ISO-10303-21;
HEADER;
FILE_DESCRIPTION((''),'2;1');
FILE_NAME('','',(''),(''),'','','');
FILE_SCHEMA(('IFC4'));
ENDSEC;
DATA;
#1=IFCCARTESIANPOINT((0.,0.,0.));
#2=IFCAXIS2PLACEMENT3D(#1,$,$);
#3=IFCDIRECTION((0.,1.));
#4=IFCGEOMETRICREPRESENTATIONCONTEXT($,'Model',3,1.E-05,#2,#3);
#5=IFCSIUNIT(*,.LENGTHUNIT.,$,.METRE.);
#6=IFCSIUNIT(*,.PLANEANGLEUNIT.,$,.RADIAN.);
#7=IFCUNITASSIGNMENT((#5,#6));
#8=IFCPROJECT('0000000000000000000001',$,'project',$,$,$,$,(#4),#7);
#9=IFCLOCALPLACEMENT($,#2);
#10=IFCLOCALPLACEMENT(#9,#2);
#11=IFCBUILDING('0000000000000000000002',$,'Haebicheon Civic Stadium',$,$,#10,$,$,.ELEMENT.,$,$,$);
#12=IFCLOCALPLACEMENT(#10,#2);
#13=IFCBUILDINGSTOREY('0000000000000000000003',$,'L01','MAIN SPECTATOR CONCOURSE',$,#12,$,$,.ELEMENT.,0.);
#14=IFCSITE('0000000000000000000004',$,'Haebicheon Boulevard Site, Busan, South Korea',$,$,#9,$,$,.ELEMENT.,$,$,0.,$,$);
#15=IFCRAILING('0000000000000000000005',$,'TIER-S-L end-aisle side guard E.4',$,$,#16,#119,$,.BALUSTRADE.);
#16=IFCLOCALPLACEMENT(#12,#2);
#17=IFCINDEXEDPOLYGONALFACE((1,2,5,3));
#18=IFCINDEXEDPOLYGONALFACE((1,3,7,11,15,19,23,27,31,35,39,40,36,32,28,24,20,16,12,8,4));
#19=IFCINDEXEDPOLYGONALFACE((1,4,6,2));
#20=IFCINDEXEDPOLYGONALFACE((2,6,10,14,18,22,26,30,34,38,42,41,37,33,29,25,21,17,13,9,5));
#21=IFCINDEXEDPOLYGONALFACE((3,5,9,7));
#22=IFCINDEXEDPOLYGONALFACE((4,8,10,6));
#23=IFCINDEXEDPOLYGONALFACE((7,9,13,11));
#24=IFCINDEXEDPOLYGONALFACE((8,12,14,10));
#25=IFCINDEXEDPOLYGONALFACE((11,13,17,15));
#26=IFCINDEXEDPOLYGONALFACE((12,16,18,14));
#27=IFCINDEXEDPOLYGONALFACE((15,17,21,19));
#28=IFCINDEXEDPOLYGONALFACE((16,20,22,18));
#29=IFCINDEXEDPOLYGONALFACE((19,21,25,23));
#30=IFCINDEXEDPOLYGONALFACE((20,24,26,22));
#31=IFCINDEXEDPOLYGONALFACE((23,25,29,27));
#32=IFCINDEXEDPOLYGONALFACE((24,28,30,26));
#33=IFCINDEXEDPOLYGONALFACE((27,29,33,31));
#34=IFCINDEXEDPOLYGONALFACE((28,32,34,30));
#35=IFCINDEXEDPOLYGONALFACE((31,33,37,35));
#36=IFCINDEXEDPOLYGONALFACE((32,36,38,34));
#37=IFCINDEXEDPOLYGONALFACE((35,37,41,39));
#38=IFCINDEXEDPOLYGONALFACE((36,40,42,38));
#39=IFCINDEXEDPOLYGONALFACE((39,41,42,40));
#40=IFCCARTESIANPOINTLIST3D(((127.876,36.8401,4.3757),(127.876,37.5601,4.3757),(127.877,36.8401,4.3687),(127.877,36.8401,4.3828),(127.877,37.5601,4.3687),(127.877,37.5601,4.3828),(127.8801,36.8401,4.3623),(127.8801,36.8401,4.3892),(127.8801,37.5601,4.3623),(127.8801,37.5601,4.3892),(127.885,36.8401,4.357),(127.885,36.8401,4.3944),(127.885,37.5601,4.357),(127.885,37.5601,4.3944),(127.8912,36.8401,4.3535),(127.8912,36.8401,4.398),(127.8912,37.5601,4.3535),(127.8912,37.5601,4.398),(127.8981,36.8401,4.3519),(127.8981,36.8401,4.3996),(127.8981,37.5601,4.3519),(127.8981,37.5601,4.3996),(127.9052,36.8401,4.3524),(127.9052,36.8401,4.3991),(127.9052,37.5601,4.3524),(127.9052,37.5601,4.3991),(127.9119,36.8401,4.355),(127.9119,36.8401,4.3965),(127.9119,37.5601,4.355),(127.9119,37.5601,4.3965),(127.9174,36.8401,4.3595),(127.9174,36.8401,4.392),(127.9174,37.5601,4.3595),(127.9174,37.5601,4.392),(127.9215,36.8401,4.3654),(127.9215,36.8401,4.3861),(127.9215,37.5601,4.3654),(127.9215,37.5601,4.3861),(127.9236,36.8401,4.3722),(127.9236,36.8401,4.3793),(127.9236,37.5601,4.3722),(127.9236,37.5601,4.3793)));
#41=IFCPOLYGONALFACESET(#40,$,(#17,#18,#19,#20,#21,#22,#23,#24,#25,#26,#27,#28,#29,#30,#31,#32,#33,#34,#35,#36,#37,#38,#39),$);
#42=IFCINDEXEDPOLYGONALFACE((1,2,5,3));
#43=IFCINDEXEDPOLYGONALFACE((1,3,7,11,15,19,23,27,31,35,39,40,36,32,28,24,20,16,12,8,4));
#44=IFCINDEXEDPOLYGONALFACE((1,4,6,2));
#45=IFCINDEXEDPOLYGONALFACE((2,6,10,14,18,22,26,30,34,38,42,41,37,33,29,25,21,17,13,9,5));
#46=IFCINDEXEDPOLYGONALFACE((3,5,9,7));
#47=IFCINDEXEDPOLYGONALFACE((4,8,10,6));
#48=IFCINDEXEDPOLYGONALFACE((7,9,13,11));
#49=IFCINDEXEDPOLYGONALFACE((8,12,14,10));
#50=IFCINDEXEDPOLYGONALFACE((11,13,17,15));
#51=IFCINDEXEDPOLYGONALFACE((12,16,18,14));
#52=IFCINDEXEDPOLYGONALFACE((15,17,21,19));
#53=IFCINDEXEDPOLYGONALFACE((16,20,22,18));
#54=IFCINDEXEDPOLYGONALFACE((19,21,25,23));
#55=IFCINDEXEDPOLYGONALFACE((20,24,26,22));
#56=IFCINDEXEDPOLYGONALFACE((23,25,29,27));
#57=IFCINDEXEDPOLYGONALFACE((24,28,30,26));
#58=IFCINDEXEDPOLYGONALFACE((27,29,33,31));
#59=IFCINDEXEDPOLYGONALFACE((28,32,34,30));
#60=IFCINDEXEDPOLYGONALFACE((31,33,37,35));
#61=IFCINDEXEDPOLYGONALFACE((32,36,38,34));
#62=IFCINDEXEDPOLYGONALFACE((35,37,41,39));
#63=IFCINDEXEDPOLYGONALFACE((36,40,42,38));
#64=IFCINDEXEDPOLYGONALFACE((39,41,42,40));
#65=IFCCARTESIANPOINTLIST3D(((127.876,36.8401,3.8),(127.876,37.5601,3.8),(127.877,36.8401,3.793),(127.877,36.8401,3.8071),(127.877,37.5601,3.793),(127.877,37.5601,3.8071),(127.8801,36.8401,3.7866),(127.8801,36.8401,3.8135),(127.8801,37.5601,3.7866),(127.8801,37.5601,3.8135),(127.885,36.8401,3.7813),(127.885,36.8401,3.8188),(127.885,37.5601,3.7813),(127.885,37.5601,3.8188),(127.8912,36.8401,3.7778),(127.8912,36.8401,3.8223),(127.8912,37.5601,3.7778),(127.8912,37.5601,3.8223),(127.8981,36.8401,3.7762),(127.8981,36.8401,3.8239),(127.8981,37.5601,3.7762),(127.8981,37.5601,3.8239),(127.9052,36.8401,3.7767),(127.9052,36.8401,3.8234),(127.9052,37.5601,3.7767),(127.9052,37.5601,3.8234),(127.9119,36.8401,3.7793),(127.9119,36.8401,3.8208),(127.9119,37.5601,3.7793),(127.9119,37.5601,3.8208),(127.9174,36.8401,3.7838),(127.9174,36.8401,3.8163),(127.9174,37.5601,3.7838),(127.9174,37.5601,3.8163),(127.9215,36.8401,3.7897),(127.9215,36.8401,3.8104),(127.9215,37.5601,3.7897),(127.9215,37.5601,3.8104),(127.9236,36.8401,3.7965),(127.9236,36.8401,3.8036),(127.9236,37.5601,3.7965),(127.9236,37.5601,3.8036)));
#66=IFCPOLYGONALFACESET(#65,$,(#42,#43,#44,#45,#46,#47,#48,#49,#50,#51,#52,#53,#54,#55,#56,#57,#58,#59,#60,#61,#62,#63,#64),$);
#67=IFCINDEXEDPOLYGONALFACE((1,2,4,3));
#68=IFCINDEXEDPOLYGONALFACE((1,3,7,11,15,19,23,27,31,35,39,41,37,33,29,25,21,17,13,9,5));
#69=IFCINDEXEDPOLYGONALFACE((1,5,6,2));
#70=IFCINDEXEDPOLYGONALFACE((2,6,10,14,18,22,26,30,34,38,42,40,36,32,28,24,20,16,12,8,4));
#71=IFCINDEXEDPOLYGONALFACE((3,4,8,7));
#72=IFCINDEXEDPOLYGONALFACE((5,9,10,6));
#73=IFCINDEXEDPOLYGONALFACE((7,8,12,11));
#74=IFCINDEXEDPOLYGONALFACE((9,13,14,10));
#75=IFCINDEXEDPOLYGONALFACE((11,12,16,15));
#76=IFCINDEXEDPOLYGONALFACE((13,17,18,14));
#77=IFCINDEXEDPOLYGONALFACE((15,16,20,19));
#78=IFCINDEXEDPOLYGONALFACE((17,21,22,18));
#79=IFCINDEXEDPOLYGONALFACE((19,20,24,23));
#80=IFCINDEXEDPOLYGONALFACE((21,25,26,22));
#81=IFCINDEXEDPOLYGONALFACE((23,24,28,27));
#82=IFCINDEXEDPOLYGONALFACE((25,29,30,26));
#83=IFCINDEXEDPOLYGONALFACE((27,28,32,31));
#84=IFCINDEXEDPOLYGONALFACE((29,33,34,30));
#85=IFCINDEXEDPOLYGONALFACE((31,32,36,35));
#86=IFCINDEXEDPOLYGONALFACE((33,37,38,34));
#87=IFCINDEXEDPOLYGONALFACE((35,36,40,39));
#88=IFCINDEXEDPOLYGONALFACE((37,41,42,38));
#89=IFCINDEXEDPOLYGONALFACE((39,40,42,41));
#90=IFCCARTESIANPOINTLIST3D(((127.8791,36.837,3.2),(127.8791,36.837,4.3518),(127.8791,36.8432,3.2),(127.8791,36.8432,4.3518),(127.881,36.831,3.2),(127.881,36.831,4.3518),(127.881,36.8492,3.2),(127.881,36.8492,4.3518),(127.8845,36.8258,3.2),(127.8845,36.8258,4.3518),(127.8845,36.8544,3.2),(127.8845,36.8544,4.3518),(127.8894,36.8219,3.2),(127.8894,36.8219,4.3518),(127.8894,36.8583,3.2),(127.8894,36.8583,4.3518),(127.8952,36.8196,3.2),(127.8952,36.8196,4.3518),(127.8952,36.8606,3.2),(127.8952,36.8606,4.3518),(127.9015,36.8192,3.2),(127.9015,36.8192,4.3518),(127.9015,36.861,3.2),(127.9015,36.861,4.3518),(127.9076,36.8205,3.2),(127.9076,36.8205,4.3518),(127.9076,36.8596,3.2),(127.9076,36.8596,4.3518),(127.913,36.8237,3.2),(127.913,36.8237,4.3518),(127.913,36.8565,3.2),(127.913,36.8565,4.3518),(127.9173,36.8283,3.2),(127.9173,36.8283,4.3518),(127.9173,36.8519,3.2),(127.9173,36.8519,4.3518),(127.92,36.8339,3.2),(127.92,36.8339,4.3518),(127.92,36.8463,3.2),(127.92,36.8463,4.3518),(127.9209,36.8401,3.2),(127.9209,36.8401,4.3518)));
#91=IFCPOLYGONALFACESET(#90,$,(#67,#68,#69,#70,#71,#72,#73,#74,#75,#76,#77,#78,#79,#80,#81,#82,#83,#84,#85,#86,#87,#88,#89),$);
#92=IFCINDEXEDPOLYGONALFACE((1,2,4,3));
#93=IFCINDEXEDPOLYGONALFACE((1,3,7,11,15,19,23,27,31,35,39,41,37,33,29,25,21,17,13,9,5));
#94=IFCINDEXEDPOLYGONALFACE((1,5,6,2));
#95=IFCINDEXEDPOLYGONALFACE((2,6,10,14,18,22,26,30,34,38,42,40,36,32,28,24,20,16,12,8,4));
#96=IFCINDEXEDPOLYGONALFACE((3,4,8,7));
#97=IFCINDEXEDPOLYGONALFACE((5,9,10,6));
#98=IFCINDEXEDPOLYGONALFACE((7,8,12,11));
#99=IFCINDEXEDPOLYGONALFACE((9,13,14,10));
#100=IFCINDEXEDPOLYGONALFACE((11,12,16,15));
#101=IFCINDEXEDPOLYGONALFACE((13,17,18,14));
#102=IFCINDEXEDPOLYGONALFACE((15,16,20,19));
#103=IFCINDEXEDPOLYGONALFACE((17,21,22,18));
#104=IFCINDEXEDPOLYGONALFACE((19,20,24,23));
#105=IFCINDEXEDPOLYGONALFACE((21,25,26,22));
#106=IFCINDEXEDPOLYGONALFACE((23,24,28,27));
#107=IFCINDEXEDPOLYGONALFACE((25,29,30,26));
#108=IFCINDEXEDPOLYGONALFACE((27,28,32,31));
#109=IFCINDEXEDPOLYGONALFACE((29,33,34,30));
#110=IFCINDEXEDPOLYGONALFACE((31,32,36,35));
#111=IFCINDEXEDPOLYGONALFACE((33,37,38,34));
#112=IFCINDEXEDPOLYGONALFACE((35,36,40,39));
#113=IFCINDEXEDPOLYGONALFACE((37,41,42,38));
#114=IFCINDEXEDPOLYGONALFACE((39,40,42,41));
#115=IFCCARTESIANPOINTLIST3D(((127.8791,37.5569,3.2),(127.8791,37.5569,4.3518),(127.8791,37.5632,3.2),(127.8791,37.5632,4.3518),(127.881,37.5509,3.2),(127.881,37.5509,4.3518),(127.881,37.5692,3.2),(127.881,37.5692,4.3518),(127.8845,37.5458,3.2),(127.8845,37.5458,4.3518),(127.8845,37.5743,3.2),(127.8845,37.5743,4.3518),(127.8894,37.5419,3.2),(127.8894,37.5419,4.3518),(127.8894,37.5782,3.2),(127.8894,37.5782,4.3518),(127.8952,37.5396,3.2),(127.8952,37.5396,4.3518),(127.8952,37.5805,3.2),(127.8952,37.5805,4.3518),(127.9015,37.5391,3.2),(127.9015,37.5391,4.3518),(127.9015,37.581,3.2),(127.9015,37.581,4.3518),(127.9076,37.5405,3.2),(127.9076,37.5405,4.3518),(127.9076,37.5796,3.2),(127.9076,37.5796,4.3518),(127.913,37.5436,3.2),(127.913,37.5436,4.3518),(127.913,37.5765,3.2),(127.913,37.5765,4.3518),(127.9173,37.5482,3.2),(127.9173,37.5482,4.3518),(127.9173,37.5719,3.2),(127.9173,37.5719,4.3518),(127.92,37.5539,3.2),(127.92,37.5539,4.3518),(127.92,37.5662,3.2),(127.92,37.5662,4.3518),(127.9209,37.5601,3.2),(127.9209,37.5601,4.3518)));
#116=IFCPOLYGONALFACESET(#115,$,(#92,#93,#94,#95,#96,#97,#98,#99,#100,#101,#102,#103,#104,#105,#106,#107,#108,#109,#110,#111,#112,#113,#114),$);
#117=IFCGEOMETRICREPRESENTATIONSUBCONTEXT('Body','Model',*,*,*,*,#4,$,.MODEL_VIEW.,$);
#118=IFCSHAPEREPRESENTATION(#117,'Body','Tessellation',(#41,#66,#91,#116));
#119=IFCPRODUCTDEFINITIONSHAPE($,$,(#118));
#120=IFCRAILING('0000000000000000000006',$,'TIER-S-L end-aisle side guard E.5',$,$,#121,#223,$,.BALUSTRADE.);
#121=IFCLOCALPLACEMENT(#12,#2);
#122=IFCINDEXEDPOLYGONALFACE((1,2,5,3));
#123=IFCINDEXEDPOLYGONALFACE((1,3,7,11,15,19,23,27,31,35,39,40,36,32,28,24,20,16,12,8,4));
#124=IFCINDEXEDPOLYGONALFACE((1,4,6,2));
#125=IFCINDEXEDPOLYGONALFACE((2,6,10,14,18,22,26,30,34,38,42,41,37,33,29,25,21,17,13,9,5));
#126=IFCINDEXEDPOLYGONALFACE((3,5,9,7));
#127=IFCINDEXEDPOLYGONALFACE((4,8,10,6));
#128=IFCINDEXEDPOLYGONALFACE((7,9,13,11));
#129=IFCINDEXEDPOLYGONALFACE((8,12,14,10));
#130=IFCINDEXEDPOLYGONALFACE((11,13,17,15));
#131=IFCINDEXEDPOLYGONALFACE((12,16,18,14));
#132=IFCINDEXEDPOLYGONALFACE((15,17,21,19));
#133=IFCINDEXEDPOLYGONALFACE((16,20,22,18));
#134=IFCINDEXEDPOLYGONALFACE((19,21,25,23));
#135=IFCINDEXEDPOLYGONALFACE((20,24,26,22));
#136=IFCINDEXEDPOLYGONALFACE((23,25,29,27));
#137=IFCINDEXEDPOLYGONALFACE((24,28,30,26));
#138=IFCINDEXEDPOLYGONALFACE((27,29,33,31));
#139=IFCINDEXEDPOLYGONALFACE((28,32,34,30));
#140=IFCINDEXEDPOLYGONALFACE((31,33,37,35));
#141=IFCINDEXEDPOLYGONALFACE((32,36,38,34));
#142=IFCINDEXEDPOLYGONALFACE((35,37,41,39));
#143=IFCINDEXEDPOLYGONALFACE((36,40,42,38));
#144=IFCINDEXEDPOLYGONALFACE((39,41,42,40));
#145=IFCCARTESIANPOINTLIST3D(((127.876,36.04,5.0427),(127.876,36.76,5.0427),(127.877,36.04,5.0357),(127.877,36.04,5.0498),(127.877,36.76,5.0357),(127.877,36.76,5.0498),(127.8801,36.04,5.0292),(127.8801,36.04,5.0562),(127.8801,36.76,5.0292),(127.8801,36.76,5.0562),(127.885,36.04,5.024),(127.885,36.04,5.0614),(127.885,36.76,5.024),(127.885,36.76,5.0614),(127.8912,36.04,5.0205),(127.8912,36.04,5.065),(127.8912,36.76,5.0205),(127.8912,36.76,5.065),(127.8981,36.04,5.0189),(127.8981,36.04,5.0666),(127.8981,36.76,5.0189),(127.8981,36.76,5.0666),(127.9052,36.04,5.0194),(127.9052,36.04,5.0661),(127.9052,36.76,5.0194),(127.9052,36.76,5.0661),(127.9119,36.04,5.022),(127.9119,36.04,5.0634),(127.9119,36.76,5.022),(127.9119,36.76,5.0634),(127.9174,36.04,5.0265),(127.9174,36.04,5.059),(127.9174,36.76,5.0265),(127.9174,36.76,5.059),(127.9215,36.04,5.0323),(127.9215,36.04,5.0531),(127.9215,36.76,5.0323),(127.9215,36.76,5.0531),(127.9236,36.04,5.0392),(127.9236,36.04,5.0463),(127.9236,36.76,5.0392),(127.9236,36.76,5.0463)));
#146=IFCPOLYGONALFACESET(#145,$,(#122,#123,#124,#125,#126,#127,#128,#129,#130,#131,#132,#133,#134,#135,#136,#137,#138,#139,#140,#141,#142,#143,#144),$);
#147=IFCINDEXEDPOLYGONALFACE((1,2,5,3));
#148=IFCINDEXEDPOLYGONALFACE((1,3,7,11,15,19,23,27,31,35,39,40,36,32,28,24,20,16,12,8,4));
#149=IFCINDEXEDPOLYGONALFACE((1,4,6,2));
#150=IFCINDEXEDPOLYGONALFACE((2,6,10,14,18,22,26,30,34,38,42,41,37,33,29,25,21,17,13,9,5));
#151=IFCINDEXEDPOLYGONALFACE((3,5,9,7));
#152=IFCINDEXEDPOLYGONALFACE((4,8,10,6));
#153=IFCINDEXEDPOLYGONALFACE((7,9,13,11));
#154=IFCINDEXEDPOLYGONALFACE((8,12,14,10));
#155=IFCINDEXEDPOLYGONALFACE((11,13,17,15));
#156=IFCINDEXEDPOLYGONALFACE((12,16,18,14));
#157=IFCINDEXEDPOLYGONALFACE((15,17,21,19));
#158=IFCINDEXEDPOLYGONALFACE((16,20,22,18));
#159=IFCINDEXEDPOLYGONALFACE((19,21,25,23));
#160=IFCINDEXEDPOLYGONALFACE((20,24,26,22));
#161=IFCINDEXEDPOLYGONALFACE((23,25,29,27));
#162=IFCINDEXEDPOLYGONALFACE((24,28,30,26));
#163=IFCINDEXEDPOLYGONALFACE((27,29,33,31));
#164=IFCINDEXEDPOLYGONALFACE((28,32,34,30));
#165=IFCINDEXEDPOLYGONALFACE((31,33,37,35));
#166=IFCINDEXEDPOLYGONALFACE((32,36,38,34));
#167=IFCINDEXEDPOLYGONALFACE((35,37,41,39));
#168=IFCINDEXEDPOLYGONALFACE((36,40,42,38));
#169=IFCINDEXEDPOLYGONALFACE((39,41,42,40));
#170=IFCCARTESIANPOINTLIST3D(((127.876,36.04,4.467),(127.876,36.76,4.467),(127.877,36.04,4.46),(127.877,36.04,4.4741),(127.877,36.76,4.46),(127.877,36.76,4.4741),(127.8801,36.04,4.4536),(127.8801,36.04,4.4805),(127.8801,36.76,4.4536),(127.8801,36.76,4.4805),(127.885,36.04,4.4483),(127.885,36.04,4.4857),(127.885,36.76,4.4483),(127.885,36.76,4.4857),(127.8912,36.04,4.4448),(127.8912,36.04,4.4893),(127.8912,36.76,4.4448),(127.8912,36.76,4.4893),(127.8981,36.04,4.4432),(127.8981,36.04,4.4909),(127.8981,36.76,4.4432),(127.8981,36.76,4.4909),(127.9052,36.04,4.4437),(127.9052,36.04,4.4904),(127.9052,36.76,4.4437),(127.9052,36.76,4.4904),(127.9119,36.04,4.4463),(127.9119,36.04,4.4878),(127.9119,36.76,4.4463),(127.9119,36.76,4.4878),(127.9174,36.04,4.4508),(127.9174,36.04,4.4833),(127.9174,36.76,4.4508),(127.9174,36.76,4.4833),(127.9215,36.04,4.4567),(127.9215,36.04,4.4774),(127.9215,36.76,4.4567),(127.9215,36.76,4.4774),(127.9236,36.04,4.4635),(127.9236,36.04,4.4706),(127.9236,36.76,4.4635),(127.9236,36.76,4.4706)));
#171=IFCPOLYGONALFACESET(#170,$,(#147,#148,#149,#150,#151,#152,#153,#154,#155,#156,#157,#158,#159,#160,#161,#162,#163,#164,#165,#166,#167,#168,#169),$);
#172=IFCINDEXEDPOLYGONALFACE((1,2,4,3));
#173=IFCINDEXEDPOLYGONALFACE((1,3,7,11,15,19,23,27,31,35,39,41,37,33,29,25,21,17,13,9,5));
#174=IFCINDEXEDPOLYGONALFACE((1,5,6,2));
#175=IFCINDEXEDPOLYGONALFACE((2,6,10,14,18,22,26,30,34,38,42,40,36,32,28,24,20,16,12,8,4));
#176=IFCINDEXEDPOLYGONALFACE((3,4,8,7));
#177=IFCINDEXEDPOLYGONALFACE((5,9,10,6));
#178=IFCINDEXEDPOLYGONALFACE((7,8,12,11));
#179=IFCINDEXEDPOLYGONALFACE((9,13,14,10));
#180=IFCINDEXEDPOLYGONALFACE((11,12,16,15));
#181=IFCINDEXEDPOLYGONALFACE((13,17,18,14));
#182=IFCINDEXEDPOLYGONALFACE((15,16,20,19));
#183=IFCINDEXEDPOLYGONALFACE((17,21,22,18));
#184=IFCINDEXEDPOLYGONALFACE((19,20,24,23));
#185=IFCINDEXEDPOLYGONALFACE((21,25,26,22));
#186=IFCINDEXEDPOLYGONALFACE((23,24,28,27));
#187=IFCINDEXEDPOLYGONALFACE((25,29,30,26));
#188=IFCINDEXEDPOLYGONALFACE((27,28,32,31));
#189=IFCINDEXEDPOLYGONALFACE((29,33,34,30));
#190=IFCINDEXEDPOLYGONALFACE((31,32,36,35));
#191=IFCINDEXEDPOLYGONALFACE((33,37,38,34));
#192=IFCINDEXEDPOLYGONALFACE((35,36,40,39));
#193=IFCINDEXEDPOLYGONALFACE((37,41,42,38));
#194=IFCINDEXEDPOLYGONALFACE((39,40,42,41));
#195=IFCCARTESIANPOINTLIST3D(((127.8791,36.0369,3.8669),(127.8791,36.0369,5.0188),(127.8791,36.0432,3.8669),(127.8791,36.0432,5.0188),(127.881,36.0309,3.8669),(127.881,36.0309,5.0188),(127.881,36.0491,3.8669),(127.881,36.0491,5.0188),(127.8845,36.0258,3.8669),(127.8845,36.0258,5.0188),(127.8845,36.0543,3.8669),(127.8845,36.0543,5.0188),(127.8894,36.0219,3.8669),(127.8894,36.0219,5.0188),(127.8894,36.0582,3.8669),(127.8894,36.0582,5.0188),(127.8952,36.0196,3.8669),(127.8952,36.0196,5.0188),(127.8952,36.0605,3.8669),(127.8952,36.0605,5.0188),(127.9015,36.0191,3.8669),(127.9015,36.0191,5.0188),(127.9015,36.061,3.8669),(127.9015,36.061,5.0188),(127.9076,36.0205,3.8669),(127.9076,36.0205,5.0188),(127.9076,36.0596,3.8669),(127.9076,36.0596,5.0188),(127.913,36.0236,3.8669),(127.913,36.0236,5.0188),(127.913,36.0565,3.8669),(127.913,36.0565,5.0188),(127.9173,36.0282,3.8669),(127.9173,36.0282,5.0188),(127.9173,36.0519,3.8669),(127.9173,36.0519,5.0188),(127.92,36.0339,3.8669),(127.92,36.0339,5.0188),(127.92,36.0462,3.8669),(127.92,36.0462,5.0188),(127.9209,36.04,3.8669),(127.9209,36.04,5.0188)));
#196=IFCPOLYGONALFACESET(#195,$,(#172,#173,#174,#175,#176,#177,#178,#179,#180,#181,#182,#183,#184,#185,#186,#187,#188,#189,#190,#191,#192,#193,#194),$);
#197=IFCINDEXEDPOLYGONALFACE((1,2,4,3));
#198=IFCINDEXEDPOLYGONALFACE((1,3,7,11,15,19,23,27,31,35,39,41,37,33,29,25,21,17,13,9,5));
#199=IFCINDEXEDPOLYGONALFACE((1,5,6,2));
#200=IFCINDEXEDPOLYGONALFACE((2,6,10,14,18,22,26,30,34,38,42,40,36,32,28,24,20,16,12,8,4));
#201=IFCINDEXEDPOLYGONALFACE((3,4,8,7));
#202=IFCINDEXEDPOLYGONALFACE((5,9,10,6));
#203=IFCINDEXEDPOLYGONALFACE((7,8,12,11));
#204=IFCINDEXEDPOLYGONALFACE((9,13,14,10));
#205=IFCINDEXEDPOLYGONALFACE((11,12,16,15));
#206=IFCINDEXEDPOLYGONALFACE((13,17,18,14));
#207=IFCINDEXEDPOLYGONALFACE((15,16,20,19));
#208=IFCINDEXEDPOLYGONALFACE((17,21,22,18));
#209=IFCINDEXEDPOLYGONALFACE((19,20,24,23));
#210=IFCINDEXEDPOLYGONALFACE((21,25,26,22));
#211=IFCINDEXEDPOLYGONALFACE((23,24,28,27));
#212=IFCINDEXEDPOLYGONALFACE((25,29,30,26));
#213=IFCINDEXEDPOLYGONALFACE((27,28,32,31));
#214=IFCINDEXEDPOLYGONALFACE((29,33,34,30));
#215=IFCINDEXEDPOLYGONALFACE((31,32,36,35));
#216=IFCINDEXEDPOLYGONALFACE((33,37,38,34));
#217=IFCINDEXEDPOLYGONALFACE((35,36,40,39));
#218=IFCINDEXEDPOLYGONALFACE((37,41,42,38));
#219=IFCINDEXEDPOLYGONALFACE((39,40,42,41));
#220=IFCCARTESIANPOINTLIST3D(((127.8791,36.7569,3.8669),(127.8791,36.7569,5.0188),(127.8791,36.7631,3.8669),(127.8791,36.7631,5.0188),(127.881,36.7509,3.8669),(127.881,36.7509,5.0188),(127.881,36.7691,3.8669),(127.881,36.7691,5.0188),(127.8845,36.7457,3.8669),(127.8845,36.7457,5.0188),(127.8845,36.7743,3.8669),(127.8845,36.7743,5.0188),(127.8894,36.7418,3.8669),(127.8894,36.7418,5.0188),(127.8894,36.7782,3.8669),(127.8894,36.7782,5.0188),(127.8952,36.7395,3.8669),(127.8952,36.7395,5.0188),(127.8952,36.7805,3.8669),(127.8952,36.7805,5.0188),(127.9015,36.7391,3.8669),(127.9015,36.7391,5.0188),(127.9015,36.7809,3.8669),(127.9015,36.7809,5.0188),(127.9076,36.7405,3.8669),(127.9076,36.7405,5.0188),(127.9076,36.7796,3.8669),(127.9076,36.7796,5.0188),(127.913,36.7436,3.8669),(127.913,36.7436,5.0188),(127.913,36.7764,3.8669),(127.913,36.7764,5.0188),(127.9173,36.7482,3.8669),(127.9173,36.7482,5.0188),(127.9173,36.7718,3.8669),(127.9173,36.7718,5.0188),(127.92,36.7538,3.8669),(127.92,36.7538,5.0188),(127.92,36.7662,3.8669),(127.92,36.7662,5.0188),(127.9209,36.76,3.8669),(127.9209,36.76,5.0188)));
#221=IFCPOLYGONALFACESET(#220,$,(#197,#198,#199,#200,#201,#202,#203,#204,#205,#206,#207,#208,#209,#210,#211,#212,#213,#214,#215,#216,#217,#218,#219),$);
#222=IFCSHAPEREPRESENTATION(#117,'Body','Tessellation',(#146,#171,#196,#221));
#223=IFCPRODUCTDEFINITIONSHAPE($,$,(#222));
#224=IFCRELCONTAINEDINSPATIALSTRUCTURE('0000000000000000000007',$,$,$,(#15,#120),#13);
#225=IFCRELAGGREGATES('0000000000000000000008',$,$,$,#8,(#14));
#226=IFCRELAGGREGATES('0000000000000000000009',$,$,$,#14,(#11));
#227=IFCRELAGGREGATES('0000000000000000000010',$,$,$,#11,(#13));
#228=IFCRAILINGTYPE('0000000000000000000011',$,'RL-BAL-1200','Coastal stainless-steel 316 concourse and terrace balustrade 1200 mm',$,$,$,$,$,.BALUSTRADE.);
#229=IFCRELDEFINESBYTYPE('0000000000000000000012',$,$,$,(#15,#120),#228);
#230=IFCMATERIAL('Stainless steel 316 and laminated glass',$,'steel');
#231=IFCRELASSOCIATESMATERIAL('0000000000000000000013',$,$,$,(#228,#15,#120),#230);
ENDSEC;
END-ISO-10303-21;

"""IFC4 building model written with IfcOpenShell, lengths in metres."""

from ifc_helpers import new_model, si_unit, direction, frame, origin, origin_2d, place, context, subcontext, project, spatial, circle, extrude, material, type_object, element, save


model = new_model("IFC4")

# Units and contexts
model_context = context("Model", 3, precision=1e-05, world=origin(), true_north=direction((0.0, 1.0)))
body_context = subcontext(model_context, "Body", "Model", "MODEL_VIEW")
ifc_project = project(units=[si_unit("LENGTHUNIT", "METRE"), si_unit("PLANEANGLEUNIT", "RADIAN")], contexts=[model_context])

# Site, building, storey
site_placement = place(None, origin())
site = spatial("IfcSite", under=ifc_project, at=site_placement, Name="Haebicheon Boulevard Site, Busan, South Korea", CompositionType="ELEMENT", RefElevation=0.0)
building_placement = place(site_placement, origin())
building = spatial("IfcBuilding", under=site, at=building_placement, Name="Haebicheon Civic Stadium", CompositionType="ELEMENT")
storey_placement = place(building_placement, origin())
storey = spatial("IfcBuildingStorey", under=building, at=storey_placement, Name="L01", Description="MAIN SPECTATOR CONCOURSE", CompositionType="ELEMENT", Elevation=0.0)

# Railings
ifc_material_1 = material(Name="Stainless steel 316 and laminated glass", Category="steel")
railing_type = type_object("IfcRailingType", Name="RL-BAL-1200", Description="Coastal stainless-steel 316 concourse and terrace balustrade 1200 mm", PredefinedType="BALUSTRADE", material=ifc_material_1)
for number, where, name in (
    (1, (127.8999, 36.8401, 3.2), "TIER-S-L end-aisle side guard E.4"),
    (2, (127.8999, 36.04, 3.8669), "TIER-S-L end-aisle side guard E.5"),
):
    element("IfcRailing", number, at=place(storey_placement, frame(where)), inside=storey, type_object=railing_type, material=ifc_material_1, Name=name, PredefinedType="BALUSTRADE", context=body_context, shape_type="SweptSolid", body=[
        extrude(circle(Radius=0.0239, at=origin_2d()), frame((0.0, 0.0, 1.1758), z_axis=(0.0, 1.0, 0.0), x_axis=(-1.0, 0.0, 0.0)), (0.0, 0.0, 1.0), 0.72),
        extrude(circle(Radius=0.0239, at=origin_2d()), frame((0.0, 0.0, 0.6001), z_axis=(0.0, 1.0, 0.0), x_axis=(-1.0, 0.0, 0.0)), (0.0, 0.0, 1.0), 0.72),
        extrude(circle(Radius=0.021, at=origin_2d()), origin(), (0.0, 0.0, 1.0), 1.1519),
        extrude(circle(Radius=0.021, at=origin_2d()), frame((0.0, 0.72, 0.0)), (0.0, 0.0, 1.0), 1.1519),
    ])

save(model, "model.ifc")
